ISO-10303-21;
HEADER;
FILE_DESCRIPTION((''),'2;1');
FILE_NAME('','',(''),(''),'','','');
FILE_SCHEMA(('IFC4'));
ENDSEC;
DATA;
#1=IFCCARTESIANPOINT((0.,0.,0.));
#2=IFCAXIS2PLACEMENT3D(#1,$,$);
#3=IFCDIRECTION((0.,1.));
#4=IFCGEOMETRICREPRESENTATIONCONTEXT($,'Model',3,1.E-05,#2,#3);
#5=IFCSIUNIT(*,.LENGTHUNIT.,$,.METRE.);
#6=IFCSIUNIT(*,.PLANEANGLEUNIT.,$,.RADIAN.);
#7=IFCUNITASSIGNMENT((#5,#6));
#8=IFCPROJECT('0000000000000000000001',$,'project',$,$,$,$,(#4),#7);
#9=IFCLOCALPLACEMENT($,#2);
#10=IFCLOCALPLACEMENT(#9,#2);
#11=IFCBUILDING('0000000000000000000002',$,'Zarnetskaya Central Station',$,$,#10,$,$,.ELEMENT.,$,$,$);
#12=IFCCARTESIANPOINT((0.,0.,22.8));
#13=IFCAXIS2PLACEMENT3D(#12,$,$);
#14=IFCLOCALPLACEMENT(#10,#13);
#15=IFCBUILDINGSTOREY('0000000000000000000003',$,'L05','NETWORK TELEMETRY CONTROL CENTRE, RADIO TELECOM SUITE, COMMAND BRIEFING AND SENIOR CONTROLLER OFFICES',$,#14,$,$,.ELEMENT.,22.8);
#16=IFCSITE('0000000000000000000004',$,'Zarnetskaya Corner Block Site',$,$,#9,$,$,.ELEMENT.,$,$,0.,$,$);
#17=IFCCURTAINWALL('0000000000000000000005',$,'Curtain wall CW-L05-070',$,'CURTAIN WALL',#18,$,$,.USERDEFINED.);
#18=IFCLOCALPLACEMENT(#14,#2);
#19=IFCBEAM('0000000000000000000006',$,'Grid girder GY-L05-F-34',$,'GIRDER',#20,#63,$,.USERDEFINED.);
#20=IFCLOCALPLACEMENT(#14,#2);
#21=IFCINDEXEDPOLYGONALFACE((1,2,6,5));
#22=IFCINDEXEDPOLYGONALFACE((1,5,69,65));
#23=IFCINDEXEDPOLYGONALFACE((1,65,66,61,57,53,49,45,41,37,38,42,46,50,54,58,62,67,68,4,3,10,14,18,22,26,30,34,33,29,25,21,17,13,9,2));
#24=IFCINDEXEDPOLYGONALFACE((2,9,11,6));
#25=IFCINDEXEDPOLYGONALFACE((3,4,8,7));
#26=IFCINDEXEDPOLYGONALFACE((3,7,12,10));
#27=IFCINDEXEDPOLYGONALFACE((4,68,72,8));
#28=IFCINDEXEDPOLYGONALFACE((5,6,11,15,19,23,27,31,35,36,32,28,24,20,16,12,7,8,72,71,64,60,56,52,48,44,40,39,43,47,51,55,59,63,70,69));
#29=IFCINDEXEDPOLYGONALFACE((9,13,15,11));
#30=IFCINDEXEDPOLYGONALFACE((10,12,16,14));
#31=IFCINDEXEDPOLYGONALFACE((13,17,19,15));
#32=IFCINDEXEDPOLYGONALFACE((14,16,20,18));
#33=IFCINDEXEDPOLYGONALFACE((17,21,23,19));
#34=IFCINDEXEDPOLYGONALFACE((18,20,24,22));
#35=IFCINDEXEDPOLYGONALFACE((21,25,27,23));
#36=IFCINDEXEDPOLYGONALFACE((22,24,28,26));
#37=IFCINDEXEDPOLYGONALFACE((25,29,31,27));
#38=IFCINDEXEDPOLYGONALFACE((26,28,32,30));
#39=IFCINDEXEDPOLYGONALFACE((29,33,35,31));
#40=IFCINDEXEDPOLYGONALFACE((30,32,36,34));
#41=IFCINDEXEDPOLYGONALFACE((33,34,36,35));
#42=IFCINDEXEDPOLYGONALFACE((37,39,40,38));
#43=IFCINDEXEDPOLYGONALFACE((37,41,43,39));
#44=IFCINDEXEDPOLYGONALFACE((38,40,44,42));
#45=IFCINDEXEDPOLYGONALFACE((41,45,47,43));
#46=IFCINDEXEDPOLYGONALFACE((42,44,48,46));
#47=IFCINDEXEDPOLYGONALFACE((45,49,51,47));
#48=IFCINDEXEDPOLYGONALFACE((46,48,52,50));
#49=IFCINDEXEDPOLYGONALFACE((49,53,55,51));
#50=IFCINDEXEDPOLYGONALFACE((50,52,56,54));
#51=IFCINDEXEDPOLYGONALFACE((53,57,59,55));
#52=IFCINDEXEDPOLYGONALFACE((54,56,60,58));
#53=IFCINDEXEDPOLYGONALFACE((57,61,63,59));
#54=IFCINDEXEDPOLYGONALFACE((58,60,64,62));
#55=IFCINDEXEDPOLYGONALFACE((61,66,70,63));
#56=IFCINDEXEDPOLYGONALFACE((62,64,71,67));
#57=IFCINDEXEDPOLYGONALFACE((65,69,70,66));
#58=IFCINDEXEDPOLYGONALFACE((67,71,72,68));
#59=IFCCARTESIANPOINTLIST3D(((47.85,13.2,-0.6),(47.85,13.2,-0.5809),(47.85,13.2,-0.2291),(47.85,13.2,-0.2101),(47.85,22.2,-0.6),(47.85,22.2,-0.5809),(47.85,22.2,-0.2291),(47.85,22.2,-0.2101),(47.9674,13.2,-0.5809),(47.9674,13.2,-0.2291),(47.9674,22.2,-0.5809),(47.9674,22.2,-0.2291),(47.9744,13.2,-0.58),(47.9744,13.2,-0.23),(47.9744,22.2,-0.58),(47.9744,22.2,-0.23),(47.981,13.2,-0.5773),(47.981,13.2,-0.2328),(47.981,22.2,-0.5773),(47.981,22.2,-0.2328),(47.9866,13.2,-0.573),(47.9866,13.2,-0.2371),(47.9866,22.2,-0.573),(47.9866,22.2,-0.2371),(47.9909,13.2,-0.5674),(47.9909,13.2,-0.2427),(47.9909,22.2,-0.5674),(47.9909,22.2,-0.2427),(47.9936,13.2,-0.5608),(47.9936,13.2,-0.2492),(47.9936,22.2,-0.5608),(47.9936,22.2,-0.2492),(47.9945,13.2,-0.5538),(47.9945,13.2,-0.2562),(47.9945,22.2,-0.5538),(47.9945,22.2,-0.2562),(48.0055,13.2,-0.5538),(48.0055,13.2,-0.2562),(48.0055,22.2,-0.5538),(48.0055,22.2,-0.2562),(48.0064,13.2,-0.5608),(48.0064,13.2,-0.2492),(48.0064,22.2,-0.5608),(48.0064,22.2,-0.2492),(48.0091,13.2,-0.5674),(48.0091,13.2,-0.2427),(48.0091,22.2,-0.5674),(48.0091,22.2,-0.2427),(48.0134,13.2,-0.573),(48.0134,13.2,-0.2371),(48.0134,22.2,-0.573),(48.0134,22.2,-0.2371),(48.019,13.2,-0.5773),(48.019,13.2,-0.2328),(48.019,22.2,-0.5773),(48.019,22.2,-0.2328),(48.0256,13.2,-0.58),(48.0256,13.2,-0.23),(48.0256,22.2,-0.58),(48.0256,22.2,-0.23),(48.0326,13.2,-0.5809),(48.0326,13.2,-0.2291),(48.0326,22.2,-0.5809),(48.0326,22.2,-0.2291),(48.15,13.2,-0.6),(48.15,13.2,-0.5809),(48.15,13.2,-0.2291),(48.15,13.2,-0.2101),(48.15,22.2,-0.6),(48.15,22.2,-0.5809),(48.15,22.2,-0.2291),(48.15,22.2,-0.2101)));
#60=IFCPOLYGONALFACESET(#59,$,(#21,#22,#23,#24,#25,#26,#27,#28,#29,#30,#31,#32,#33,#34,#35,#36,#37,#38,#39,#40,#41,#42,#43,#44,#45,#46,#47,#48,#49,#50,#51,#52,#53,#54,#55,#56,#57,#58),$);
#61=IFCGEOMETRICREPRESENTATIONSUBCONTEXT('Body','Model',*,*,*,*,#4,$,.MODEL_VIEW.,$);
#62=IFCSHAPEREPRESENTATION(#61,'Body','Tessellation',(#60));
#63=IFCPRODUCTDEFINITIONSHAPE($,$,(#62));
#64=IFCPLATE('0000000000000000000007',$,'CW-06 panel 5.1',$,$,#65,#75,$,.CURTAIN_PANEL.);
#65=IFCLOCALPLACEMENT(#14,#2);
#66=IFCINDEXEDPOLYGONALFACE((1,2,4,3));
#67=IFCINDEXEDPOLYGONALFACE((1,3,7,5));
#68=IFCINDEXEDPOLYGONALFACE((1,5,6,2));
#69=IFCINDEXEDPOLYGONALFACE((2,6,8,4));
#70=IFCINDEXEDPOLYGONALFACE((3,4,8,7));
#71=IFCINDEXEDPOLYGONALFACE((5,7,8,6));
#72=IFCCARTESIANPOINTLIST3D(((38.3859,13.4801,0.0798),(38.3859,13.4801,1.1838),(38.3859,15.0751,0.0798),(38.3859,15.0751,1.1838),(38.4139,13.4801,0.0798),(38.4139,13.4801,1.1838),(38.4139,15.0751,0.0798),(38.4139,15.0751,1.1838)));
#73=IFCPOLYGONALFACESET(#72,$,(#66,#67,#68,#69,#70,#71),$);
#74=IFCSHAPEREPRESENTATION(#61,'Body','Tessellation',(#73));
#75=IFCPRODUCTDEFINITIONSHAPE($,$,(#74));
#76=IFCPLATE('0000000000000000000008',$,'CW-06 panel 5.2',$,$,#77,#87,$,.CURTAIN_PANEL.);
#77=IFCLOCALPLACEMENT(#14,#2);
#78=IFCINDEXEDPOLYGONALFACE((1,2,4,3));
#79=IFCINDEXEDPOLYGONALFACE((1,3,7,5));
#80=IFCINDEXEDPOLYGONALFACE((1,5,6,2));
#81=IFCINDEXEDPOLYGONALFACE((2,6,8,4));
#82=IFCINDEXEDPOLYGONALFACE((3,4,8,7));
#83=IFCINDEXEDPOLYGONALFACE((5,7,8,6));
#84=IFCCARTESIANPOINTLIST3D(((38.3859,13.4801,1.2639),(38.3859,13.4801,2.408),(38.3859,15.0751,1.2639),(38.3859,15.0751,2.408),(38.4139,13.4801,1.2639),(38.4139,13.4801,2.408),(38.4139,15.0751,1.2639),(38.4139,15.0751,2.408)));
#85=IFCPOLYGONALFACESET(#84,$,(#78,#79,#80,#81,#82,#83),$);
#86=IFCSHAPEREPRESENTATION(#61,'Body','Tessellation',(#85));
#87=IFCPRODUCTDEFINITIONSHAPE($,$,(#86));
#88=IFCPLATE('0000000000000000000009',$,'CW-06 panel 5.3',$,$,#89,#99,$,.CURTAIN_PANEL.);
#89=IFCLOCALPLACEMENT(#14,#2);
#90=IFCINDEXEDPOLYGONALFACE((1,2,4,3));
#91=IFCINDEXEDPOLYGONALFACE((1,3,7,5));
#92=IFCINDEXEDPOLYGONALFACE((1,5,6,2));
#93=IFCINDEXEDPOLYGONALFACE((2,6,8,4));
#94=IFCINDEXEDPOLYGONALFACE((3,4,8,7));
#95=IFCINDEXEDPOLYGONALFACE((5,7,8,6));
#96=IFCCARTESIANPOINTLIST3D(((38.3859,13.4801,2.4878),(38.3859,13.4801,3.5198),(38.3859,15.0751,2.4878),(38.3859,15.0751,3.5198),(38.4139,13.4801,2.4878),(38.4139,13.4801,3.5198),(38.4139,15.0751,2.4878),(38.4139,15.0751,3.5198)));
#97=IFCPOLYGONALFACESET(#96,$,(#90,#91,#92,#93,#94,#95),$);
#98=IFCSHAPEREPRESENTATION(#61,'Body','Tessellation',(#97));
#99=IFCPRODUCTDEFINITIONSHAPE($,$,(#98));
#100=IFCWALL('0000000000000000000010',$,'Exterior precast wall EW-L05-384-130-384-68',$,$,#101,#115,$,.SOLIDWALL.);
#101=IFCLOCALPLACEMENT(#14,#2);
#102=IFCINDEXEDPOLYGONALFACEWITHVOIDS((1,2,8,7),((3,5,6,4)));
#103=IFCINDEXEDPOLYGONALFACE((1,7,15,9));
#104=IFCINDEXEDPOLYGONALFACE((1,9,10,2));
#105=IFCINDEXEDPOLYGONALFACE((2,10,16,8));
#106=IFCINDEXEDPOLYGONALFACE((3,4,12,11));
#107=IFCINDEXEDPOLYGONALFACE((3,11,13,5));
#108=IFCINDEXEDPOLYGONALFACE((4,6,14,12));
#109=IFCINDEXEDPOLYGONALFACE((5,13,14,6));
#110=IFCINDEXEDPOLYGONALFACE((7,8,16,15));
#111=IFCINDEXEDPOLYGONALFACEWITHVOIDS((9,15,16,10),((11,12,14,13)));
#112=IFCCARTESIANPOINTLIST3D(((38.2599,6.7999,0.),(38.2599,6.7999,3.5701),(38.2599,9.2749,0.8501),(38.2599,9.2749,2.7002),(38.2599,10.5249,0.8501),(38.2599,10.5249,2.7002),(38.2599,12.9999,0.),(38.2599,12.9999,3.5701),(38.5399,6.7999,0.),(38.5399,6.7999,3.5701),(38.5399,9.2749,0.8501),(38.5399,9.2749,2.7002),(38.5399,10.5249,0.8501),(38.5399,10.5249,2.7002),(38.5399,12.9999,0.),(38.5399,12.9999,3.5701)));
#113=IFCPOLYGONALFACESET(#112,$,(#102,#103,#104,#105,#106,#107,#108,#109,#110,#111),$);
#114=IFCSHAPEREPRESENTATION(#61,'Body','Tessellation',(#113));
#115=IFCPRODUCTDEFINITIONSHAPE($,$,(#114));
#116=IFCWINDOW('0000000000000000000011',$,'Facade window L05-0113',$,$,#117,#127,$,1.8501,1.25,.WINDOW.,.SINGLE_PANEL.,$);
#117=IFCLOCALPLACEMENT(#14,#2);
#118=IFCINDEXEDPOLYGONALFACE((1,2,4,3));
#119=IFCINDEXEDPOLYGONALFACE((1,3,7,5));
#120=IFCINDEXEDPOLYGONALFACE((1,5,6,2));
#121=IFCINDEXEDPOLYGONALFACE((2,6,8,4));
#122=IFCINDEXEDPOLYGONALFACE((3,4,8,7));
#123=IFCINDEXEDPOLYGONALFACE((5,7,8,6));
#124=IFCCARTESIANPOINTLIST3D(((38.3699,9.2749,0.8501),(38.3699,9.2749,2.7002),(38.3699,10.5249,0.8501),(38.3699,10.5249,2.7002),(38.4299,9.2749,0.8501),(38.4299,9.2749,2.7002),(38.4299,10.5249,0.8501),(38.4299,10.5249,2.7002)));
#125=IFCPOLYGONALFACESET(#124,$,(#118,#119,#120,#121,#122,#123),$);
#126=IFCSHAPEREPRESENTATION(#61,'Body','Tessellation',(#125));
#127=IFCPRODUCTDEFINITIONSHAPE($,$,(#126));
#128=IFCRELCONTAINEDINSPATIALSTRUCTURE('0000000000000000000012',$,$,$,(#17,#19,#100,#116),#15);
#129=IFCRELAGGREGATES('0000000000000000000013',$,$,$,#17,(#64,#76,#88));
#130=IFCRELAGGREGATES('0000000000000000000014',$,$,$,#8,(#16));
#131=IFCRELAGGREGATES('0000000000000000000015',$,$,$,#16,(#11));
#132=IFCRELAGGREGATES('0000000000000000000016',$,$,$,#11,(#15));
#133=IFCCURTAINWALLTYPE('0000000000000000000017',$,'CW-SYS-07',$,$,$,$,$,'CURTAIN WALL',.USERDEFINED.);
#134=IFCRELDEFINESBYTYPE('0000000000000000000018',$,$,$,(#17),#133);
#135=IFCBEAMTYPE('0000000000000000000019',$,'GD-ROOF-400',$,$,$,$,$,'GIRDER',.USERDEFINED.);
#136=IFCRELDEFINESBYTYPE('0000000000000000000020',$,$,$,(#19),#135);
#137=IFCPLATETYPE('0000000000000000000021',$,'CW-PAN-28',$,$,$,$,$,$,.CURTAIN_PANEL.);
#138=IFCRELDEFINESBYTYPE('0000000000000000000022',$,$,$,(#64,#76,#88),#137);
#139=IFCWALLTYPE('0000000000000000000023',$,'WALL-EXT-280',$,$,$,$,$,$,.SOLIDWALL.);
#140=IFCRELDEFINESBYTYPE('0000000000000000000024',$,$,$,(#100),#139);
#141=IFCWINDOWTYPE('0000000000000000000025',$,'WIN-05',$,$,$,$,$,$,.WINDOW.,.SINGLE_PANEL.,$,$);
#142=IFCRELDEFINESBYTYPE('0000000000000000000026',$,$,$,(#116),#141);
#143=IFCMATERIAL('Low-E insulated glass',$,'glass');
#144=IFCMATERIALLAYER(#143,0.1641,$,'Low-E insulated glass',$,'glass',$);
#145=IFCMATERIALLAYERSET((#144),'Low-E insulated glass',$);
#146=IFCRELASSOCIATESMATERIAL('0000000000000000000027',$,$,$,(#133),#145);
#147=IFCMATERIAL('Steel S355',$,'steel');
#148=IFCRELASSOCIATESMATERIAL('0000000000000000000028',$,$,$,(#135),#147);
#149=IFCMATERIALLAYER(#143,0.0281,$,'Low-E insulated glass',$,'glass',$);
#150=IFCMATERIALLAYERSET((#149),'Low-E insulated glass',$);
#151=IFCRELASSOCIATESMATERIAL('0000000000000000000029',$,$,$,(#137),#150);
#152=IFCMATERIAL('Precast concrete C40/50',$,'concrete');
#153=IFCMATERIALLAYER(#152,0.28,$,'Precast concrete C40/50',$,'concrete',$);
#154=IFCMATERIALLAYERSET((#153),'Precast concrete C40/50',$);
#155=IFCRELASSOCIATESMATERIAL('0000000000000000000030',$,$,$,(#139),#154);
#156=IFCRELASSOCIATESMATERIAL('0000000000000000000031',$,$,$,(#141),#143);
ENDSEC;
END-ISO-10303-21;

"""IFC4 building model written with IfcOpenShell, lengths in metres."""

from ifc_helpers import new_model, si_unit, direction, frame, frame_2d, origin, origin_2d, place, context, subcontext, project, spatial, rectangle, i_section, extrude, material, layer, layer_set, material_profile, profile_set, type_object, element, fill, aggregate, save


model = new_model("IFC4")

# Units and contexts
model_context = context("Model", 3, precision=1e-05, world=origin(), true_north=direction((0.0, 1.0)))
body_context = subcontext(model_context, "Body", "Model", "MODEL_VIEW")
ifc_project = project(units=[si_unit("LENGTHUNIT", "METRE"), si_unit("PLANEANGLEUNIT", "RADIAN")], contexts=[model_context])

# Site, building, storey
site_placement = place(None, origin())
site = spatial("IfcSite", under=ifc_project, at=site_placement, Name="Zarnetskaya Corner Block Site", CompositionType="ELEMENT", RefElevation=0.0)
building_placement = place(site_placement, origin())
building = spatial("IfcBuilding", under=site, at=building_placement, Name="Zarnetskaya Central Station", CompositionType="ELEMENT")
storey_placement = place(building_placement, frame((0.0, 0.0, 22.8)))
storey = spatial("IfcBuildingStorey", under=building, at=storey_placement, Name="L05", Description="NETWORK TELEMETRY CONTROL CENTRE, RADIO TELECOM SUITE, COMMAND BRIEFING AND SENIOR CONTROLLER OFFICES", CompositionType="ELEMENT", Elevation=22.8)

# Shared definitions
ifc_material_1 = material(Name="Steel S355", Category="steel")

# Curtain wall
ifc_material_2 = material(Name="Low-E insulated glass", Category="glass")
ifc_layer_1 = layer(ifc_material_2, 0.1641, Name="Low-E insulated glass", Category="glass")
ifc_layer_set_1 = layer_set([ifc_layer_1], Name="Low-E insulated glass")
curtain_wall_type_1 = type_object("IfcCurtainWallType", Name="CW-SYS-07", ElementType="CURTAIN WALL", PredefinedType="USERDEFINED", material=ifc_layer_set_1)
curtain_wall_1_placement = place(storey_placement, origin())
curtain_wall_1 = element("IfcCurtainWall", 1, at=curtain_wall_1_placement, inside=storey, type_object=curtain_wall_type_1, Name="Curtain wall CW-L05-070", ObjectType="CURTAIN WALL", PredefinedType="USERDEFINED")

# Beam
ifc_material_profile_1 = material_profile(ifc_material_1, i_section(OverallWidth=0.3, OverallDepth=0.3899, WebThickness=0.011, FlangeThickness=0.019, FilletRadius=0.0271, at=origin_2d()), Name="HEA 400")
ifc_profile_set_1 = profile_set([ifc_material_profile_1], Name="Steel S355")
beam_type_1 = type_object("IfcBeamType", Name="GD-ROOF-400", ElementType="GIRDER", PredefinedType="USERDEFINED", material=ifc_profile_set_1)
beam_1_placement = place(storey_placement, frame((48.0, 13.2, -0.405), z_axis=(0.0, 1.0, 0.0), x_axis=(-1.0, 0.0, 0.0)))
element("IfcBeam", 2, at=beam_1_placement, inside=storey, type_object=beam_type_1, Name="Grid girder GY-L05-F-34", ObjectType="GIRDER", PredefinedType="USERDEFINED", context=body_context, shape_type="SweptSolid", body=[
    extrude(i_section(OverallWidth=0.3, OverallDepth=0.3899, WebThickness=0.011, FlangeThickness=0.019, FilletRadius=0.0271, at=origin_2d()), origin(), (0.0, 0.0, 1.0), 9.0),
])

# Plates
ifc_layer_2 = layer(ifc_material_2, 0.0281, Name="Low-E insulated glass", Category="glass")
ifc_layer_set_2 = layer_set([ifc_layer_2], Name="Low-E insulated glass")
plate_type = type_object("IfcPlateType", Name="CW-PAN-28", PredefinedType="CURTAIN_PANEL", material=ifc_layer_set_2)
plate_1_placement = place(storey_placement, frame((38.3999, 14.2776, 0.0798), z_axis=(0.0, 0.0, 1.0), x_axis=(0.0, -1.0, 0.0)))
plate_1 = element("IfcPlate", 3, at=plate_1_placement, type_object=plate_type, Name="CW-06 panel 5.1", PredefinedType="CURTAIN_PANEL", context=body_context, shape_type="SweptSolid", body=[
    extrude(rectangle(XDim=1.595, YDim=0.0281, at=origin_2d()), origin(), (0.0, 0.0, 1.0), 1.104),
])
plate_2_placement = place(storey_placement, frame((38.3999, 14.2776, 1.2639), z_axis=(0.0, 0.0, 1.0), x_axis=(0.0, -1.0, 0.0)))
plate_2 = element("IfcPlate", 4, at=plate_2_placement, type_object=plate_type, Name="CW-06 panel 5.2", PredefinedType="CURTAIN_PANEL", context=body_context, shape_type="SweptSolid", body=[
    extrude(rectangle(XDim=1.595, YDim=0.0281, at=origin_2d()), origin(), (0.0, 0.0, 1.0), 1.144),
])
plate_3_placement = place(storey_placement, frame((38.3999, 14.2776, 2.4878), z_axis=(0.0, 0.0, 1.0), x_axis=(0.0, -1.0, 0.0)))
plate_3 = element("IfcPlate", 5, at=plate_3_placement, type_object=plate_type, Name="CW-06 panel 5.3", PredefinedType="CURTAIN_PANEL", context=body_context, shape_type="SweptSolid", body=[
    extrude(rectangle(XDim=1.595, YDim=0.0281, at=origin_2d()), origin(), (0.0, 0.0, 1.0), 1.032),
])
aggregate(curtain_wall_1, [plate_1, plate_2, plate_3])

# Wall, opening, window
ifc_material_3 = material(Name="Precast concrete C40/50", Category="concrete")
ifc_layer_3 = layer(ifc_material_3, 0.28, Name="Precast concrete C40/50", Category="concrete")
ifc_layer_set_3 = layer_set([ifc_layer_3], Name="Precast concrete C40/50")
wall_type = type_object("IfcWallType", Name="WALL-EXT-280", PredefinedType="SOLIDWALL", material=ifc_layer_set_3)
wall_placement = place(storey_placement, frame((38.3999, 13.0, 0.0), z_axis=(0.0, 0.0, 1.0), x_axis=(0.0, -1.0, 0.0)))
wall = element("IfcWall", 6, at=wall_placement, inside=storey, type_object=wall_type, Name="Exterior precast wall EW-L05-384-130-384-68", PredefinedType="SOLIDWALL", context=body_context, shape_type="SweptSolid", body=[
    extrude(rectangle(XDim=6.2, YDim=0.28, at=frame_2d((3.1001, 0.0))), origin(), (0.0, 0.0, 1.0), 3.5701),
])
opening_placement = place(wall_placement, frame((2.4751, 0.0, 0.8501)))
opening = element("IfcOpeningElement", 7, at=opening_placement, cuts=wall, PredefinedType="OPENING", context=body_context, shape_type="SweptSolid", body=[
    extrude(rectangle(XDim=1.25, YDim=1.8501, at=frame_2d((0.625, 0.925))), frame((0.0, 0.1499, 0.0), z_axis=(0.0, -1.0, 0.0), x_axis=(1.0, 0.0, 0.0)), (0.0, 0.0, 1.0), 0.3),
])
window_type = type_object("IfcWindowType", Name="WIN-05", PartitioningType="SINGLE_PANEL", PredefinedType="WINDOW", material=ifc_material_2)
window_placement = place(opening_placement, origin())
window = element("IfcWindow", 8, at=window_placement, inside=storey, type_object=window_type, Name="Facade window L05-0113", OverallHeight=1.8501, OverallWidth=1.25, PartitioningType="SINGLE_PANEL", PredefinedType="WINDOW", context=body_context, shape_type="SweptSolid", body=[
    extrude(rectangle(XDim=1.25, YDim=1.8501, at=frame_2d((0.625, 0.925))), frame((0.0, 0.03, 0.0), z_axis=(0.0, -1.0, 0.0), x_axis=(1.0, 0.0, 0.0)), (0.0, 0.0, 1.0), 0.0601),
])
fill(opening, window)

save(model, "model.ifc")
